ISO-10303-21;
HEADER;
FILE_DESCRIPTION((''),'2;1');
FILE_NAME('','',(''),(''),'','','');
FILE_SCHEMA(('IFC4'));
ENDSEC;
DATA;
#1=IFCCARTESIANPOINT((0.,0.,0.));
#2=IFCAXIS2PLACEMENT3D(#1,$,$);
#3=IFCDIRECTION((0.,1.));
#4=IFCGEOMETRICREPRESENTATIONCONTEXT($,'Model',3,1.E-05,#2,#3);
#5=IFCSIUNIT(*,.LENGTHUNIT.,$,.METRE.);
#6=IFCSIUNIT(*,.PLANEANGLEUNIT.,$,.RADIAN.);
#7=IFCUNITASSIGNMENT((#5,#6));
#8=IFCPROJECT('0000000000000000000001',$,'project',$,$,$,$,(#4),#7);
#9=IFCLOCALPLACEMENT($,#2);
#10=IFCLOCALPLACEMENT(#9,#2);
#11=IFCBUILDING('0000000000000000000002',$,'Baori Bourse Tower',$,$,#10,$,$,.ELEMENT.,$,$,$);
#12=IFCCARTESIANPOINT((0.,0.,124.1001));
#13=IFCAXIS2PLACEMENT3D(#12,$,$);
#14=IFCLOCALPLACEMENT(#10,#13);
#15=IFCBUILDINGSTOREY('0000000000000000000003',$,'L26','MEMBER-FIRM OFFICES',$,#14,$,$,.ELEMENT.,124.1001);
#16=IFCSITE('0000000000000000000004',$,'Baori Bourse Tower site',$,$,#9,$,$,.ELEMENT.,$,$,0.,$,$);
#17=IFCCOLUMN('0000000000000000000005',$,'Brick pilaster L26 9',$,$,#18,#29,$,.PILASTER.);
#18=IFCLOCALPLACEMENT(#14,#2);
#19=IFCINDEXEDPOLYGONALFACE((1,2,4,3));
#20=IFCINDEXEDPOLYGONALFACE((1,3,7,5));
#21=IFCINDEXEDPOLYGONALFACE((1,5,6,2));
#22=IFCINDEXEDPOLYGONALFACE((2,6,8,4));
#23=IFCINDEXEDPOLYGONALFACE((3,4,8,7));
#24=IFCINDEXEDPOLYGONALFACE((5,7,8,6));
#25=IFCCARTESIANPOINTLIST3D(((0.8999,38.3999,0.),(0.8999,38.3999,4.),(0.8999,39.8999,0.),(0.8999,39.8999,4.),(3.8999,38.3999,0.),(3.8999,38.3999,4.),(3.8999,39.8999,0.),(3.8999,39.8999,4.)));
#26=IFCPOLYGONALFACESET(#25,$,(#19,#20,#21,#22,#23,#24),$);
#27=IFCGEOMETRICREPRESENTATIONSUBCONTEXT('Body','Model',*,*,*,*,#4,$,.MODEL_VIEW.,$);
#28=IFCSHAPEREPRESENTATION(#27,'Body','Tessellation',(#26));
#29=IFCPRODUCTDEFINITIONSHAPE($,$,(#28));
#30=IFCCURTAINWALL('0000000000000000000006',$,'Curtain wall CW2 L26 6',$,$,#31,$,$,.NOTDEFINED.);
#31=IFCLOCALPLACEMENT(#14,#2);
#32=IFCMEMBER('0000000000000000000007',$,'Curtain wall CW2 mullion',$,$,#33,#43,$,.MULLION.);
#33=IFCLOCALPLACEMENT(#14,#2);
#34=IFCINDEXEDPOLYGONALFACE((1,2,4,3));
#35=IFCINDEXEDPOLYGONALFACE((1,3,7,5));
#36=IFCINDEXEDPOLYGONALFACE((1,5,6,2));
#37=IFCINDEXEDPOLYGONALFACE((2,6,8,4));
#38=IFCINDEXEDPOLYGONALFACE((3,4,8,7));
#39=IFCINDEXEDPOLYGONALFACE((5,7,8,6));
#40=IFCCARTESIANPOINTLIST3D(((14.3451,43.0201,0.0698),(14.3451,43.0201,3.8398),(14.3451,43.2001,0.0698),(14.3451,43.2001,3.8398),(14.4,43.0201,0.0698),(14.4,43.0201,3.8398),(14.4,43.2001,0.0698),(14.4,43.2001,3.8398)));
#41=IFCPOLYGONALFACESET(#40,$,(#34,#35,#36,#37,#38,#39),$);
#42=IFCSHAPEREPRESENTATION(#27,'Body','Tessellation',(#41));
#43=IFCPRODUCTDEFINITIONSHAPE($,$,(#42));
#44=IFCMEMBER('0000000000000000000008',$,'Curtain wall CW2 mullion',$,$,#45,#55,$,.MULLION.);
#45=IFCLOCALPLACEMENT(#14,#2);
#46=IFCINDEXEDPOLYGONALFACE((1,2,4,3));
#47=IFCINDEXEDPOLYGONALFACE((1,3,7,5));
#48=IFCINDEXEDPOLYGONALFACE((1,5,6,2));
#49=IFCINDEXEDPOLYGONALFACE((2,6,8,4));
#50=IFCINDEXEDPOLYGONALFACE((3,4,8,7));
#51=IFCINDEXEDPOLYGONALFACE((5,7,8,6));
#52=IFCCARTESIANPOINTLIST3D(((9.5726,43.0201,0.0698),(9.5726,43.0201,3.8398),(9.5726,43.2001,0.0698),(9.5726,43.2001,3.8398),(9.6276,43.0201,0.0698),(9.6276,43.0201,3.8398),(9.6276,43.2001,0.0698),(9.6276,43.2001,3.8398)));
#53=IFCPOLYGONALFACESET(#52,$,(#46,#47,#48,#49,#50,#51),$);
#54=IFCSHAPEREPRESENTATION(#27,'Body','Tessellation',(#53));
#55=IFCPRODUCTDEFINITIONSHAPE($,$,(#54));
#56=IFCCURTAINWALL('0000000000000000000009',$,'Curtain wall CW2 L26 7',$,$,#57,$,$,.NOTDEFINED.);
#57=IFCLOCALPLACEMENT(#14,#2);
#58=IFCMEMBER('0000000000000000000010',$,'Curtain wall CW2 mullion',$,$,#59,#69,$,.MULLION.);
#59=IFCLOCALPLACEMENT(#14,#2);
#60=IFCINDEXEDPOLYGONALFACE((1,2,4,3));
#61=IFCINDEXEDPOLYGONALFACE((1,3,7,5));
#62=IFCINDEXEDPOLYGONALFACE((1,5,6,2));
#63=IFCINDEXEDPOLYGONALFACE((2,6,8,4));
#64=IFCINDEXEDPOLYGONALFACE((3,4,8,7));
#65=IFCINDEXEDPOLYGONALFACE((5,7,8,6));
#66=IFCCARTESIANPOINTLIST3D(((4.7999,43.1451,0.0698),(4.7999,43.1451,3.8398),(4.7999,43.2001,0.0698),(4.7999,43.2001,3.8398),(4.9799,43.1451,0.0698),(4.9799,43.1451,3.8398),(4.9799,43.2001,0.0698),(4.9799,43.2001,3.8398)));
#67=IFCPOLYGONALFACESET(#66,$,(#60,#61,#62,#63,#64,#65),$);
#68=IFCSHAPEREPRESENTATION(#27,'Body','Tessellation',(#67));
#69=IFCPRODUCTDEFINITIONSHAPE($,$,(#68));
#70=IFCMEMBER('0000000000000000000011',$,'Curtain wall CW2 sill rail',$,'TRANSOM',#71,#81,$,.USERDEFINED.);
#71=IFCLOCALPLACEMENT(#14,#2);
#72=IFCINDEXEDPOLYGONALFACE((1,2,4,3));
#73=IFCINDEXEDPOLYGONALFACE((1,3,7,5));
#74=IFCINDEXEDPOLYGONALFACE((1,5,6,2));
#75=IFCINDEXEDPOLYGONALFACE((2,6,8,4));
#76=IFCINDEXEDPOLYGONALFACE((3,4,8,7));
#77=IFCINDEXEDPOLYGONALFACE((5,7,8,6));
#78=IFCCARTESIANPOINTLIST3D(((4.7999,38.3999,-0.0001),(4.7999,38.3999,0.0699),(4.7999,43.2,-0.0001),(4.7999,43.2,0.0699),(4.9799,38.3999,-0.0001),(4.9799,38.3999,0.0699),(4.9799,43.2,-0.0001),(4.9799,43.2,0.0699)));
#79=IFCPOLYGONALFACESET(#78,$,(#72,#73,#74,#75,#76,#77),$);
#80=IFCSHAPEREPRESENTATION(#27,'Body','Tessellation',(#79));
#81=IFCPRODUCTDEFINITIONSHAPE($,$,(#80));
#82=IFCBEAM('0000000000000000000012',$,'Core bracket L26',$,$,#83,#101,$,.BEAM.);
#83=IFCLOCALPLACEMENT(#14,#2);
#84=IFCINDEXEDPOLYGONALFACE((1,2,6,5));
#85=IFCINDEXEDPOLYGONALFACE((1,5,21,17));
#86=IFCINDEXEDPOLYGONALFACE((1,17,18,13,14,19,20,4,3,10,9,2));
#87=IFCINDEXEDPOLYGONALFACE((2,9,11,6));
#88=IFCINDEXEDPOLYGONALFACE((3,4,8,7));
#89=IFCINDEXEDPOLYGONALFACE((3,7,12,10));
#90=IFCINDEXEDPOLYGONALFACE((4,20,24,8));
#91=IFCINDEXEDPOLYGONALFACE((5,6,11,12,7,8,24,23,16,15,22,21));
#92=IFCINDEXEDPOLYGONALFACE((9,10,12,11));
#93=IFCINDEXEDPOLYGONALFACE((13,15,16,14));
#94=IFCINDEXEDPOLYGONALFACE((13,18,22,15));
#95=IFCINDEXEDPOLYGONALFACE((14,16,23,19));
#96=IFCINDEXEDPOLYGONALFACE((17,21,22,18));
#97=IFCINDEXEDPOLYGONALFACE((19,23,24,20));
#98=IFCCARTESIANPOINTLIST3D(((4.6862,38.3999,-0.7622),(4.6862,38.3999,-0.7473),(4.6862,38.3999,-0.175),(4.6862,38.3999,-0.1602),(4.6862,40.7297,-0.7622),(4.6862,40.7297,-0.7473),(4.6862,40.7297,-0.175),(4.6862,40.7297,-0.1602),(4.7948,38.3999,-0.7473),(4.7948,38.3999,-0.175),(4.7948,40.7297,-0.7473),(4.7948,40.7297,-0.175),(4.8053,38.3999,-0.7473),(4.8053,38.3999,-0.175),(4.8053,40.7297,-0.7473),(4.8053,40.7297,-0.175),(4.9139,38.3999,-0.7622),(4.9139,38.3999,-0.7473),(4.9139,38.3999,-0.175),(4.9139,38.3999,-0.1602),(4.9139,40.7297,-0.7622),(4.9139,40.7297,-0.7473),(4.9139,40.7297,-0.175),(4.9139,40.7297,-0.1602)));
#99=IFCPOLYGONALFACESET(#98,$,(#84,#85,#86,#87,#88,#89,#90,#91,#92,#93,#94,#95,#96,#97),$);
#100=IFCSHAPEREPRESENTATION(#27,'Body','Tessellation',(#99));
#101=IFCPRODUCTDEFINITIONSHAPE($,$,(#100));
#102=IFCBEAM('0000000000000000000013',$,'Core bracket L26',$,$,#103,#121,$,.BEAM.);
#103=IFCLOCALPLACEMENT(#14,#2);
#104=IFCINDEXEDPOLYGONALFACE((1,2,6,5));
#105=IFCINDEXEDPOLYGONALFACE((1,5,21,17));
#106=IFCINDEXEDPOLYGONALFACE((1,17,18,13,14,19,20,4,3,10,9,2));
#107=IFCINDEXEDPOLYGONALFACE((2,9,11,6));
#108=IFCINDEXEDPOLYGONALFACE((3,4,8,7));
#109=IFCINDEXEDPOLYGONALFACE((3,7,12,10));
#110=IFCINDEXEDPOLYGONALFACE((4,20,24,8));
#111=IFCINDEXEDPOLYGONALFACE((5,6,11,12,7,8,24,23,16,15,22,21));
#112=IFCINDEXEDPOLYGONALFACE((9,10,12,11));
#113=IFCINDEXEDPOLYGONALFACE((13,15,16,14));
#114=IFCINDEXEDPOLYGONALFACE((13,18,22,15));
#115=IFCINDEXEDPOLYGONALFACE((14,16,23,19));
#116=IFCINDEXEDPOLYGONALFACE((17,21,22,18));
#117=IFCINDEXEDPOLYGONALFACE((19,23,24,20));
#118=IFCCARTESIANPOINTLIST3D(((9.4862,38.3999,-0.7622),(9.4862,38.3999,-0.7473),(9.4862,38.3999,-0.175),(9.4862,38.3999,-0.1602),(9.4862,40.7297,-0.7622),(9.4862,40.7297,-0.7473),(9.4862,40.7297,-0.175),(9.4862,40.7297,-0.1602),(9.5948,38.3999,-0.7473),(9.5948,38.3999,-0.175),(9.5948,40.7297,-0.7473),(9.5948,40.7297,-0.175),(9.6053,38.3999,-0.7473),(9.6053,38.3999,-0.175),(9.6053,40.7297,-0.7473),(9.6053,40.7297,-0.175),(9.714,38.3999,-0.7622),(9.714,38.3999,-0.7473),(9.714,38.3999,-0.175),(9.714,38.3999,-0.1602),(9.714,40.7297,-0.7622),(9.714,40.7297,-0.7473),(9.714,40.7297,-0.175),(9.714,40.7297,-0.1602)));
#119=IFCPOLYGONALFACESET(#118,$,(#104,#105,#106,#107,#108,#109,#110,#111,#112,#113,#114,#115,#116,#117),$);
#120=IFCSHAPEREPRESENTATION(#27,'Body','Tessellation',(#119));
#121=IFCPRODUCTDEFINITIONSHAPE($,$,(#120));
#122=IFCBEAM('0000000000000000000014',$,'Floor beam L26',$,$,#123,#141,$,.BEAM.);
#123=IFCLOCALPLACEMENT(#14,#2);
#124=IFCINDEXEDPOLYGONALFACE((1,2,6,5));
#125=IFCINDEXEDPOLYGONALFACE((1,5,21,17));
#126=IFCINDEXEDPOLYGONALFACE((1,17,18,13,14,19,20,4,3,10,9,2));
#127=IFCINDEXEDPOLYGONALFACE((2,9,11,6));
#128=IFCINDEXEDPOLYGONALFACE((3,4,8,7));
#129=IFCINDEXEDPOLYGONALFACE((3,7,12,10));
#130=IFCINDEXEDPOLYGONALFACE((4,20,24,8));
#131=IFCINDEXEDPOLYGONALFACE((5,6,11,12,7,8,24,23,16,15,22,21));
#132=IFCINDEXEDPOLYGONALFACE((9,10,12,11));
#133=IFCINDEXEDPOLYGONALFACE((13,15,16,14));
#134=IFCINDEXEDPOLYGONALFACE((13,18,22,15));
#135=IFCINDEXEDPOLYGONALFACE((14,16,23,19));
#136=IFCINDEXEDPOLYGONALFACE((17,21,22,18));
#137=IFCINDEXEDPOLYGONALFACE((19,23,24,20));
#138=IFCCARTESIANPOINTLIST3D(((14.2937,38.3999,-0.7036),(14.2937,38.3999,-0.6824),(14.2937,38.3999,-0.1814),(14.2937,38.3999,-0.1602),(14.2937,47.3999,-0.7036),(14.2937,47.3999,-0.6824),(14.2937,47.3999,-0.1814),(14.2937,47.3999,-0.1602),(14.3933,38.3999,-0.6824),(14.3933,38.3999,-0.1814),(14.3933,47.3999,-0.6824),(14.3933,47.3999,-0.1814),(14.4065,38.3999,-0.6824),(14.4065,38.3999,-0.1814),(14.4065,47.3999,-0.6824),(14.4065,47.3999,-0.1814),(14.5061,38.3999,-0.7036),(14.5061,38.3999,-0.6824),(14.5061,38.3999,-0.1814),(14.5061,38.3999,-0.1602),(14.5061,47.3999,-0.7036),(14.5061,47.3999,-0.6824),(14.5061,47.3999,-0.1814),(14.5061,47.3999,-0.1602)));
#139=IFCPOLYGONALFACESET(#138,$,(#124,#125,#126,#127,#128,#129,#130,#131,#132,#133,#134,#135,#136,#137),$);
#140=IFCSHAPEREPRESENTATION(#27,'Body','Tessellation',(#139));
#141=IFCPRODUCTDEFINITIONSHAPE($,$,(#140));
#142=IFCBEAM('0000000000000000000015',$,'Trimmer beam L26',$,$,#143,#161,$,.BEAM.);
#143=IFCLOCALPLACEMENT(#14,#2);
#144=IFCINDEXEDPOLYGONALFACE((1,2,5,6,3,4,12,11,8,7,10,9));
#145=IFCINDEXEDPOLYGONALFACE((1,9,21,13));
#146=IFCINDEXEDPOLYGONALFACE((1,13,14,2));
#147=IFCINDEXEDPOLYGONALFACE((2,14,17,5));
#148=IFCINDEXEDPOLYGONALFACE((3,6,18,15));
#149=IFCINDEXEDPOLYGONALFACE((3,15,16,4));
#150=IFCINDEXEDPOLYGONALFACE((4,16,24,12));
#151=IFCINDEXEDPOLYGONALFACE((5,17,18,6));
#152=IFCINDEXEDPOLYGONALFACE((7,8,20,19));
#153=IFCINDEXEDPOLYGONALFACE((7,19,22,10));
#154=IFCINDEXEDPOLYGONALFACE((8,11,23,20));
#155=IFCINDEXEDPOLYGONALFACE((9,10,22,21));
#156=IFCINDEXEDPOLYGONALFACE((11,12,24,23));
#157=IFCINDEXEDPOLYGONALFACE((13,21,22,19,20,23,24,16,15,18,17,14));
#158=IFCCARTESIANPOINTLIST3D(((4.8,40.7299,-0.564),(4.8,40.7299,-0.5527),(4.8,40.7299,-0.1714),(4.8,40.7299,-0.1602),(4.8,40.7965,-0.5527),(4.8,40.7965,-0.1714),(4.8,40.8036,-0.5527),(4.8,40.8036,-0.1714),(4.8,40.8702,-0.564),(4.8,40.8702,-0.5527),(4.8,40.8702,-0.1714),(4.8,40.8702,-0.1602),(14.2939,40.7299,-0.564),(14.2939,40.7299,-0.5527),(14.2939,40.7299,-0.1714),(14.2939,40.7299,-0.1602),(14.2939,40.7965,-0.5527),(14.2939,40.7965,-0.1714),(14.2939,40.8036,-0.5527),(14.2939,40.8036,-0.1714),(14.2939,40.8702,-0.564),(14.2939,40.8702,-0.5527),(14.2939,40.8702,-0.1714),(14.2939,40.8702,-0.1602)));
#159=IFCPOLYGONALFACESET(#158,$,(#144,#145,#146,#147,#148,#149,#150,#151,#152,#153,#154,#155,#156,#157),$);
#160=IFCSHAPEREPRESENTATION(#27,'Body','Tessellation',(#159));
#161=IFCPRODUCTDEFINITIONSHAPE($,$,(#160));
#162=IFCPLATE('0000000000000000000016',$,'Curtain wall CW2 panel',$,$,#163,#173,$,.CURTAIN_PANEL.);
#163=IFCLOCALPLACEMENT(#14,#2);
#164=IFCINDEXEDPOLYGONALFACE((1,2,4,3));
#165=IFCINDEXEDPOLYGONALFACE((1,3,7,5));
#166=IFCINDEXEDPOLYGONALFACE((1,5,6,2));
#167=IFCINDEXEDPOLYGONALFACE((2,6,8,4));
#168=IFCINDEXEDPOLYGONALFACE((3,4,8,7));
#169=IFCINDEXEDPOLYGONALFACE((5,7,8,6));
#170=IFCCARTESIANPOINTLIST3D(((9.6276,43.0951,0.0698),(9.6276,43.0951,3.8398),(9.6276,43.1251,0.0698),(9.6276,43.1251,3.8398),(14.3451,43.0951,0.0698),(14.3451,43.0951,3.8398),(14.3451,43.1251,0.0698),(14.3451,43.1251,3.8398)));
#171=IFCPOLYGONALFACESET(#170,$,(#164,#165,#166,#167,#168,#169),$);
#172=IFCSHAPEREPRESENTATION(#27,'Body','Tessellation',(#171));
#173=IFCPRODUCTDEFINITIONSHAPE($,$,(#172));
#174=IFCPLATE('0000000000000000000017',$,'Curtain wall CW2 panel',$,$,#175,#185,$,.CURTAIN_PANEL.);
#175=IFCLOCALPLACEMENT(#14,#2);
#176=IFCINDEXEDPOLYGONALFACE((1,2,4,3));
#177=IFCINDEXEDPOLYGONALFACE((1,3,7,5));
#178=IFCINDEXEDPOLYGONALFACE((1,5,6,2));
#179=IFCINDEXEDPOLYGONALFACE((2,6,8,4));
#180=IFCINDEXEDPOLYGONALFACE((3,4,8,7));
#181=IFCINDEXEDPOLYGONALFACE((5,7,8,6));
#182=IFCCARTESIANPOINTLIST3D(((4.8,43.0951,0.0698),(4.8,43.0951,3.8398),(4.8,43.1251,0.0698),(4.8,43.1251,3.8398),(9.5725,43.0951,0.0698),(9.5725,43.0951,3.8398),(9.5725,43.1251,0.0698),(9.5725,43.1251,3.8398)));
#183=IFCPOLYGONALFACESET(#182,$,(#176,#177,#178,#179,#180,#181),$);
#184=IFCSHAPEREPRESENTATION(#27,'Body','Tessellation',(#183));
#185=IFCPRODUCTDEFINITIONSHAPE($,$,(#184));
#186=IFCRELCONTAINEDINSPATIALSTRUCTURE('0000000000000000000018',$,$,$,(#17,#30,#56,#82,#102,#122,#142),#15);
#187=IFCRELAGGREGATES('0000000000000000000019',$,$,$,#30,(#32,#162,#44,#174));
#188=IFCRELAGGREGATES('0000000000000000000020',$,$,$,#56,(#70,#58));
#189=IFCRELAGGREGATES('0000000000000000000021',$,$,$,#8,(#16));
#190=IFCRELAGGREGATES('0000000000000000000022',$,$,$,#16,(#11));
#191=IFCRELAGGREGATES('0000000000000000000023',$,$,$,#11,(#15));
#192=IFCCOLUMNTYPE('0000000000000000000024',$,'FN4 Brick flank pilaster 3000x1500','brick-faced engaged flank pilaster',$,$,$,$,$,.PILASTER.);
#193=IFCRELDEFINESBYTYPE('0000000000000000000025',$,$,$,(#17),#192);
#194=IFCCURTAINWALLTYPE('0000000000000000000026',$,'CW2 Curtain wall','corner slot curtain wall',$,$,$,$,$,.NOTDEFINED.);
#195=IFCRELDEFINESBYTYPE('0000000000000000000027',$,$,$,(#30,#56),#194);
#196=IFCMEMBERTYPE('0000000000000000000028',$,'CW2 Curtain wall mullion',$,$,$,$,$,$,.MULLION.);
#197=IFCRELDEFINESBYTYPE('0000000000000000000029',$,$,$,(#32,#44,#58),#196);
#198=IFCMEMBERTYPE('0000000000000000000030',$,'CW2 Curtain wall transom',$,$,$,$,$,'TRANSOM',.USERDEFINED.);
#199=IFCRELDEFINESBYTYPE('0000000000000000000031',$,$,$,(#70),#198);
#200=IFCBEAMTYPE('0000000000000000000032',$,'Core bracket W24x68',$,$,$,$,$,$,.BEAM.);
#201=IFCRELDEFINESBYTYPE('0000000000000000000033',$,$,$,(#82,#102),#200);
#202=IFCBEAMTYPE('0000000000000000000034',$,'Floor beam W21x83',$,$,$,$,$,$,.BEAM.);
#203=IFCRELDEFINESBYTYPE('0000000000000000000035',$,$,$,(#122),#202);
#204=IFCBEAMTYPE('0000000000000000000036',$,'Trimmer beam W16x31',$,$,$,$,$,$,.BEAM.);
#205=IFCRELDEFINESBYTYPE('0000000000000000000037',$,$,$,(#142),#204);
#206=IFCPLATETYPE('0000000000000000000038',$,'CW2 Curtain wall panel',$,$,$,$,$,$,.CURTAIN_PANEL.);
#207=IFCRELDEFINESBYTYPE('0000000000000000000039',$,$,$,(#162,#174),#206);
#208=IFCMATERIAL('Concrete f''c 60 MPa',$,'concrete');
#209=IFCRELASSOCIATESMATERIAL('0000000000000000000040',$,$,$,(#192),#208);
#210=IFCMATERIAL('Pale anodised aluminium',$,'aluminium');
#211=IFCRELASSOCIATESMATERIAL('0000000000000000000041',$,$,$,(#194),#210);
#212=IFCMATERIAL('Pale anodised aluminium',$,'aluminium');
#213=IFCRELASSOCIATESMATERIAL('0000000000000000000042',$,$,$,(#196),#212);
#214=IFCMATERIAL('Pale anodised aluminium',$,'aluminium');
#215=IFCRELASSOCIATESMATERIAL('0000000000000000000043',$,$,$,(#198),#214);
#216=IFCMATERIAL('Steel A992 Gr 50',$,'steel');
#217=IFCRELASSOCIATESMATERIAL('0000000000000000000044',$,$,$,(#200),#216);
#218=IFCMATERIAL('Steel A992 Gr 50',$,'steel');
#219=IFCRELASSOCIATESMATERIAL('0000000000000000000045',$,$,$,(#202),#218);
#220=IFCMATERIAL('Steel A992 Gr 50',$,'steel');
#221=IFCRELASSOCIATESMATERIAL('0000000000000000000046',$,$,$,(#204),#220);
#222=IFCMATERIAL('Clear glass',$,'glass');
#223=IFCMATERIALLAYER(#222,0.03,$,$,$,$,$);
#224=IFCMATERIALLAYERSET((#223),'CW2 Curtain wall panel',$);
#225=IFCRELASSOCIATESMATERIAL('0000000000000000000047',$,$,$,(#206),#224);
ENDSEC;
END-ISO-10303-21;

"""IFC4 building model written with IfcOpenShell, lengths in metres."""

from ifc_helpers import new_model, si_unit, direction, frame, origin, origin_2d, place, context, subcontext, project, spatial, rectangle, i_section, extrude, material, layer, layer_set, material_profile, profile_set, type_object, element, aggregate, save


model = new_model("IFC4")

# Units and contexts
model_context = context("Model", 3, precision=1e-05, world=origin(), true_north=direction((0.0, 1.0)))
body_context = subcontext(model_context, "Body", "Model", "MODEL_VIEW")
ifc_project = project(units=[si_unit("LENGTHUNIT", "METRE"), si_unit("PLANEANGLEUNIT", "RADIAN")], contexts=[model_context])

# Site, building, storey
site_placement = place(None, origin())
site = spatial("IfcSite", under=ifc_project, at=site_placement, Name="Baori Bourse Tower site", CompositionType="ELEMENT", RefElevation=0.0)
building_placement = place(site_placement, origin())
building = spatial("IfcBuilding", under=site, at=building_placement, Name="Baori Bourse Tower", CompositionType="ELEMENT")
storey_placement = place(building_placement, frame((0.0, 0.0, 124.1001)))
storey = spatial("IfcBuildingStorey", under=building, at=storey_placement, Name="L26", Description="MEMBER-FIRM OFFICES", CompositionType="ELEMENT", Elevation=124.1001)

# Column
ifc_material_1 = material(Name="Concrete f'c 60 MPa", Category="concrete")
ifc_material_profile_1 = material_profile(ifc_material_1, rectangle(XDim=3.0, YDim=1.5, at=origin_2d()), Name="RC 3000x1500")
ifc_profile_set_1 = profile_set([ifc_material_profile_1], Name="Concrete f'c 60 MPa")
column_type = type_object("IfcColumnType", Name="FN4 Brick flank pilaster 3000x1500", Description="brick-faced engaged flank pilaster", PredefinedType="PILASTER", material=ifc_profile_set_1)
column_placement = place(storey_placement, frame((2.3999, 39.1499, 0.0), z_axis=(0.0, 0.0, 1.0), x_axis=(1.0, 0.0, 0.0)))
element("IfcColumn", 1, at=column_placement, inside=storey, type_object=column_type, Name="Brick pilaster L26 9", PredefinedType="PILASTER", context=body_context, shape_type="SweptSolid", body=[
    extrude(rectangle(XDim=3.0, YDim=1.5, at=origin_2d()), origin(), (0.0, 0.0, 1.0), 4.0),
])

# Curtain walls, members
ifc_material_2 = material(Name="Pale anodised aluminium", Category="aluminium")
curtain_wall_type = type_object("IfcCurtainWallType", Name="CW2 Curtain wall", Description="corner slot curtain wall", PredefinedType="NOTDEFINED", material=ifc_material_2)
curtain_wall_1_placement = place(storey_placement, origin())
curtain_wall_1 = element("IfcCurtainWall", 2, at=curtain_wall_1_placement, inside=storey, type_object=curtain_wall_type, Name="Curtain wall CW2 L26 6", PredefinedType="NOTDEFINED")
ifc_material_3 = material(Name="Pale anodised aluminium", Category="aluminium")
ifc_material_profile_2 = material_profile(ifc_material_3, rectangle(XDim=0.1799, YDim=0.0549, at=origin_2d()), Name="Mullion 55x180")
ifc_profile_set_2 = profile_set([ifc_material_profile_2], Name="Pale anodised aluminium")
member_type_1 = type_object("IfcMemberType", Name="CW2 Curtain wall mullion", PredefinedType="MULLION", material=ifc_profile_set_2)
member_1_placement = place(storey_placement, frame((14.3726, 43.1101, 0.0698), z_axis=(0.0, 0.0, 1.0), x_axis=(0.0, -1.0, 0.0)))
member_1 = element("IfcMember", 3, at=member_1_placement, type_object=member_type_1, Name="Curtain wall CW2 mullion", PredefinedType="MULLION", context=body_context, shape_type="SweptSolid", body=[
    extrude(rectangle(XDim=0.1799, YDim=0.0549, at=origin_2d()), origin(), (0.0, 0.0, 1.0), 3.77),
])
member_2_placement = place(storey_placement, frame((9.6001, 43.1101, 0.0698), z_axis=(0.0, 0.0, 1.0), x_axis=(0.0, -1.0, 0.0)))
member_2 = element("IfcMember", 4, at=member_2_placement, type_object=member_type_1, Name="Curtain wall CW2 mullion", PredefinedType="MULLION", context=body_context, shape_type="SweptSolid", body=[
    extrude(rectangle(XDim=0.1799, YDim=0.0549, at=origin_2d()), origin(), (0.0, 0.0, 1.0), 3.77),
])
curtain_wall_2_placement = place(storey_placement, origin())
curtain_wall_2 = element("IfcCurtainWall", 5, at=curtain_wall_2_placement, inside=storey, type_object=curtain_wall_type, Name="Curtain wall CW2 L26 7", PredefinedType="NOTDEFINED")
member_3_placement = place(storey_placement, frame((4.8899, 43.1726, 0.0698), z_axis=(0.0, 0.0, 1.0), x_axis=(1.0, 0.0, 0.0)))
member_3 = element("IfcMember", 6, at=member_3_placement, type_object=member_type_1, Name="Curtain wall CW2 mullion", PredefinedType="MULLION", context=body_context, shape_type="SweptSolid", body=[
    extrude(rectangle(XDim=0.1799, YDim=0.0549, at=origin_2d()), origin(), (0.0, 0.0, 1.0), 3.77),
])
ifc_material_4 = material(Name="Pale anodised aluminium", Category="aluminium")
ifc_material_profile_3 = material_profile(ifc_material_4, rectangle(XDim=0.1799, YDim=0.0701, at=origin_2d()), Name="Transom 70x180")
ifc_profile_set_3 = profile_set([ifc_material_profile_3], Name="Pale anodised aluminium")
member_type_2 = type_object("IfcMemberType", Name="CW2 Curtain wall transom", ElementType="TRANSOM", PredefinedType="USERDEFINED", material=ifc_profile_set_3)
member_4_placement = place(storey_placement, frame((4.8899, 43.2, 0.0349), z_axis=(0.0, -1.0, 0.0), x_axis=(1.0, 0.0, 0.0)))
member_4 = element("IfcMember", 7, at=member_4_placement, type_object=member_type_2, Name="Curtain wall CW2 sill rail", ObjectType="TRANSOM", PredefinedType="USERDEFINED", context=body_context, shape_type="SweptSolid", body=[
    extrude(rectangle(XDim=0.1799, YDim=0.0701, at=origin_2d()), origin(), (0.0, 0.0, 1.0), 4.8),
])

# Beams
ifc_material_5 = material(Name="Steel A992 Gr 50", Category="steel")
ifc_material_profile_4 = material_profile(ifc_material_5, i_section(OverallWidth=0.2278, OverallDepth=0.6021, WebThickness=0.0105, FlangeThickness=0.0149, at=origin_2d()), Name="W24x68")
ifc_profile_set_4 = profile_set([ifc_material_profile_4], Name="Steel A992 Gr 50")
beam_type_1 = type_object("IfcBeamType", Name="Core bracket W24x68", PredefinedType="BEAM", material=ifc_profile_set_4)
for number, where, z_axis, x_axis, name in (
    (8, (4.8, 38.3999, -0.4612), (0.0, 1.0, 0.0), (-1.0, 0.0, 0.0), "Core bracket L26"),
    (9, (9.6001, 38.3999, -0.4612), (0.0, 1.0, 0.0), (-1.0, 0.0, 0.0), "Core bracket L26"),
):
    element("IfcBeam", number, at=place(storey_placement, frame(where, z_axis=z_axis, x_axis=x_axis)), inside=storey, type_object=beam_type_1, Name=name, PredefinedType="BEAM", context=body_context, shape_type="SweptSolid", body=[
        extrude(i_section(OverallWidth=0.2278, OverallDepth=0.6021, WebThickness=0.0105, FlangeThickness=0.0149, at=origin_2d()), origin(), (0.0, 0.0, 1.0), 2.3298),
    ])
ifc_material_6 = material(Name="Steel A992 Gr 50", Category="steel")
ifc_material_profile_5 = material_profile(ifc_material_6, i_section(OverallWidth=0.2124, OverallDepth=0.5435, WebThickness=0.0132, FlangeThickness=0.0212, at=origin_2d()), Name="W21x83")
ifc_profile_set_5 = profile_set([ifc_material_profile_5], Name="Steel A992 Gr 50")
beam_type_2 = type_object("IfcBeamType", Name="Floor beam W21x83", PredefinedType="BEAM", material=ifc_profile_set_5)
beam_1_placement = place(storey_placement, frame((14.3999, 38.3999, -0.4319), z_axis=(0.0, 1.0, 0.0), x_axis=(-1.0, 0.0, 0.0)))
element("IfcBeam", 10, at=beam_1_placement, inside=storey, type_object=beam_type_2, Name="Floor beam L26", PredefinedType="BEAM", context=body_context, shape_type="SweptSolid", body=[
    extrude(i_section(OverallWidth=0.2124, OverallDepth=0.5435, WebThickness=0.0132, FlangeThickness=0.0212, at=origin_2d()), origin(), (0.0, 0.0, 1.0), 9.0),
])
ifc_material_7 = material(Name="Steel A992 Gr 50", Category="steel")
ifc_material_profile_6 = material_profile(ifc_material_7, i_section(OverallWidth=0.1404, OverallDepth=0.4038, WebThickness=0.0071, FlangeThickness=0.0112, at=origin_2d()), Name="W16x31")
ifc_profile_set_6 = profile_set([ifc_material_profile_6], Name="Steel A992 Gr 50")
beam_type_3 = type_object("IfcBeamType", Name="Trimmer beam W16x31", PredefinedType="BEAM", material=ifc_profile_set_6)
beam_2_placement = place(storey_placement, frame((4.8, 40.8, -0.3621), z_axis=(1.0, 0.0, 0.0), x_axis=(0.0, 1.0, 0.0)))
element("IfcBeam", 11, at=beam_2_placement, inside=storey, type_object=beam_type_3, Name="Trimmer beam L26", PredefinedType="BEAM", context=body_context, shape_type="SweptSolid", body=[
    extrude(i_section(OverallWidth=0.1404, OverallDepth=0.4038, WebThickness=0.0071, FlangeThickness=0.0112, at=origin_2d()), origin(), (0.0, 0.0, 1.0), 9.4939),
])

# Plates
ifc_material_8 = material(Name="Clear glass", Category="glass")
ifc_layer_1 = layer(ifc_material_8, 0.03)
ifc_layer_set_1 = layer_set([ifc_layer_1], Name="CW2 Curtain wall panel")
plate_type = type_object("IfcPlateType", Name="CW2 Curtain wall panel", PredefinedType="CURTAIN_PANEL", material=ifc_layer_set_1)
plate_1_placement = place(storey_placement, frame((11.9863, 43.1101, 0.0698), z_axis=(0.0, 0.0, 1.0), x_axis=(-1.0, 0.0, 0.0)))
plate_1 = element("IfcPlate", 12, at=plate_1_placement, type_object=plate_type, Name="Curtain wall CW2 panel", PredefinedType="CURTAIN_PANEL", context=body_context, shape_type="SweptSolid", body=[
    extrude(rectangle(XDim=4.7175, YDim=0.03, at=origin_2d()), origin(), (0.0, 0.0, 1.0), 3.77),
])
plate_2_placement = place(storey_placement, frame((7.1863, 43.1101, 0.0698), z_axis=(0.0, 0.0, 1.0), x_axis=(-1.0, 0.0, 0.0)))
plate_2 = element("IfcPlate", 13, at=plate_2_placement, type_object=plate_type, Name="Curtain wall CW2 panel", PredefinedType="CURTAIN_PANEL", context=body_context, shape_type="SweptSolid", body=[
    extrude(rectangle(XDim=4.7725, YDim=0.03, at=origin_2d()), origin(), (0.0, 0.0, 1.0), 3.77),
])
aggregate(curtain_wall_1, [member_1, plate_1, member_2, plate_2])
aggregate(curtain_wall_2, [member_4, member_3])

save(model, "model.ifc")
